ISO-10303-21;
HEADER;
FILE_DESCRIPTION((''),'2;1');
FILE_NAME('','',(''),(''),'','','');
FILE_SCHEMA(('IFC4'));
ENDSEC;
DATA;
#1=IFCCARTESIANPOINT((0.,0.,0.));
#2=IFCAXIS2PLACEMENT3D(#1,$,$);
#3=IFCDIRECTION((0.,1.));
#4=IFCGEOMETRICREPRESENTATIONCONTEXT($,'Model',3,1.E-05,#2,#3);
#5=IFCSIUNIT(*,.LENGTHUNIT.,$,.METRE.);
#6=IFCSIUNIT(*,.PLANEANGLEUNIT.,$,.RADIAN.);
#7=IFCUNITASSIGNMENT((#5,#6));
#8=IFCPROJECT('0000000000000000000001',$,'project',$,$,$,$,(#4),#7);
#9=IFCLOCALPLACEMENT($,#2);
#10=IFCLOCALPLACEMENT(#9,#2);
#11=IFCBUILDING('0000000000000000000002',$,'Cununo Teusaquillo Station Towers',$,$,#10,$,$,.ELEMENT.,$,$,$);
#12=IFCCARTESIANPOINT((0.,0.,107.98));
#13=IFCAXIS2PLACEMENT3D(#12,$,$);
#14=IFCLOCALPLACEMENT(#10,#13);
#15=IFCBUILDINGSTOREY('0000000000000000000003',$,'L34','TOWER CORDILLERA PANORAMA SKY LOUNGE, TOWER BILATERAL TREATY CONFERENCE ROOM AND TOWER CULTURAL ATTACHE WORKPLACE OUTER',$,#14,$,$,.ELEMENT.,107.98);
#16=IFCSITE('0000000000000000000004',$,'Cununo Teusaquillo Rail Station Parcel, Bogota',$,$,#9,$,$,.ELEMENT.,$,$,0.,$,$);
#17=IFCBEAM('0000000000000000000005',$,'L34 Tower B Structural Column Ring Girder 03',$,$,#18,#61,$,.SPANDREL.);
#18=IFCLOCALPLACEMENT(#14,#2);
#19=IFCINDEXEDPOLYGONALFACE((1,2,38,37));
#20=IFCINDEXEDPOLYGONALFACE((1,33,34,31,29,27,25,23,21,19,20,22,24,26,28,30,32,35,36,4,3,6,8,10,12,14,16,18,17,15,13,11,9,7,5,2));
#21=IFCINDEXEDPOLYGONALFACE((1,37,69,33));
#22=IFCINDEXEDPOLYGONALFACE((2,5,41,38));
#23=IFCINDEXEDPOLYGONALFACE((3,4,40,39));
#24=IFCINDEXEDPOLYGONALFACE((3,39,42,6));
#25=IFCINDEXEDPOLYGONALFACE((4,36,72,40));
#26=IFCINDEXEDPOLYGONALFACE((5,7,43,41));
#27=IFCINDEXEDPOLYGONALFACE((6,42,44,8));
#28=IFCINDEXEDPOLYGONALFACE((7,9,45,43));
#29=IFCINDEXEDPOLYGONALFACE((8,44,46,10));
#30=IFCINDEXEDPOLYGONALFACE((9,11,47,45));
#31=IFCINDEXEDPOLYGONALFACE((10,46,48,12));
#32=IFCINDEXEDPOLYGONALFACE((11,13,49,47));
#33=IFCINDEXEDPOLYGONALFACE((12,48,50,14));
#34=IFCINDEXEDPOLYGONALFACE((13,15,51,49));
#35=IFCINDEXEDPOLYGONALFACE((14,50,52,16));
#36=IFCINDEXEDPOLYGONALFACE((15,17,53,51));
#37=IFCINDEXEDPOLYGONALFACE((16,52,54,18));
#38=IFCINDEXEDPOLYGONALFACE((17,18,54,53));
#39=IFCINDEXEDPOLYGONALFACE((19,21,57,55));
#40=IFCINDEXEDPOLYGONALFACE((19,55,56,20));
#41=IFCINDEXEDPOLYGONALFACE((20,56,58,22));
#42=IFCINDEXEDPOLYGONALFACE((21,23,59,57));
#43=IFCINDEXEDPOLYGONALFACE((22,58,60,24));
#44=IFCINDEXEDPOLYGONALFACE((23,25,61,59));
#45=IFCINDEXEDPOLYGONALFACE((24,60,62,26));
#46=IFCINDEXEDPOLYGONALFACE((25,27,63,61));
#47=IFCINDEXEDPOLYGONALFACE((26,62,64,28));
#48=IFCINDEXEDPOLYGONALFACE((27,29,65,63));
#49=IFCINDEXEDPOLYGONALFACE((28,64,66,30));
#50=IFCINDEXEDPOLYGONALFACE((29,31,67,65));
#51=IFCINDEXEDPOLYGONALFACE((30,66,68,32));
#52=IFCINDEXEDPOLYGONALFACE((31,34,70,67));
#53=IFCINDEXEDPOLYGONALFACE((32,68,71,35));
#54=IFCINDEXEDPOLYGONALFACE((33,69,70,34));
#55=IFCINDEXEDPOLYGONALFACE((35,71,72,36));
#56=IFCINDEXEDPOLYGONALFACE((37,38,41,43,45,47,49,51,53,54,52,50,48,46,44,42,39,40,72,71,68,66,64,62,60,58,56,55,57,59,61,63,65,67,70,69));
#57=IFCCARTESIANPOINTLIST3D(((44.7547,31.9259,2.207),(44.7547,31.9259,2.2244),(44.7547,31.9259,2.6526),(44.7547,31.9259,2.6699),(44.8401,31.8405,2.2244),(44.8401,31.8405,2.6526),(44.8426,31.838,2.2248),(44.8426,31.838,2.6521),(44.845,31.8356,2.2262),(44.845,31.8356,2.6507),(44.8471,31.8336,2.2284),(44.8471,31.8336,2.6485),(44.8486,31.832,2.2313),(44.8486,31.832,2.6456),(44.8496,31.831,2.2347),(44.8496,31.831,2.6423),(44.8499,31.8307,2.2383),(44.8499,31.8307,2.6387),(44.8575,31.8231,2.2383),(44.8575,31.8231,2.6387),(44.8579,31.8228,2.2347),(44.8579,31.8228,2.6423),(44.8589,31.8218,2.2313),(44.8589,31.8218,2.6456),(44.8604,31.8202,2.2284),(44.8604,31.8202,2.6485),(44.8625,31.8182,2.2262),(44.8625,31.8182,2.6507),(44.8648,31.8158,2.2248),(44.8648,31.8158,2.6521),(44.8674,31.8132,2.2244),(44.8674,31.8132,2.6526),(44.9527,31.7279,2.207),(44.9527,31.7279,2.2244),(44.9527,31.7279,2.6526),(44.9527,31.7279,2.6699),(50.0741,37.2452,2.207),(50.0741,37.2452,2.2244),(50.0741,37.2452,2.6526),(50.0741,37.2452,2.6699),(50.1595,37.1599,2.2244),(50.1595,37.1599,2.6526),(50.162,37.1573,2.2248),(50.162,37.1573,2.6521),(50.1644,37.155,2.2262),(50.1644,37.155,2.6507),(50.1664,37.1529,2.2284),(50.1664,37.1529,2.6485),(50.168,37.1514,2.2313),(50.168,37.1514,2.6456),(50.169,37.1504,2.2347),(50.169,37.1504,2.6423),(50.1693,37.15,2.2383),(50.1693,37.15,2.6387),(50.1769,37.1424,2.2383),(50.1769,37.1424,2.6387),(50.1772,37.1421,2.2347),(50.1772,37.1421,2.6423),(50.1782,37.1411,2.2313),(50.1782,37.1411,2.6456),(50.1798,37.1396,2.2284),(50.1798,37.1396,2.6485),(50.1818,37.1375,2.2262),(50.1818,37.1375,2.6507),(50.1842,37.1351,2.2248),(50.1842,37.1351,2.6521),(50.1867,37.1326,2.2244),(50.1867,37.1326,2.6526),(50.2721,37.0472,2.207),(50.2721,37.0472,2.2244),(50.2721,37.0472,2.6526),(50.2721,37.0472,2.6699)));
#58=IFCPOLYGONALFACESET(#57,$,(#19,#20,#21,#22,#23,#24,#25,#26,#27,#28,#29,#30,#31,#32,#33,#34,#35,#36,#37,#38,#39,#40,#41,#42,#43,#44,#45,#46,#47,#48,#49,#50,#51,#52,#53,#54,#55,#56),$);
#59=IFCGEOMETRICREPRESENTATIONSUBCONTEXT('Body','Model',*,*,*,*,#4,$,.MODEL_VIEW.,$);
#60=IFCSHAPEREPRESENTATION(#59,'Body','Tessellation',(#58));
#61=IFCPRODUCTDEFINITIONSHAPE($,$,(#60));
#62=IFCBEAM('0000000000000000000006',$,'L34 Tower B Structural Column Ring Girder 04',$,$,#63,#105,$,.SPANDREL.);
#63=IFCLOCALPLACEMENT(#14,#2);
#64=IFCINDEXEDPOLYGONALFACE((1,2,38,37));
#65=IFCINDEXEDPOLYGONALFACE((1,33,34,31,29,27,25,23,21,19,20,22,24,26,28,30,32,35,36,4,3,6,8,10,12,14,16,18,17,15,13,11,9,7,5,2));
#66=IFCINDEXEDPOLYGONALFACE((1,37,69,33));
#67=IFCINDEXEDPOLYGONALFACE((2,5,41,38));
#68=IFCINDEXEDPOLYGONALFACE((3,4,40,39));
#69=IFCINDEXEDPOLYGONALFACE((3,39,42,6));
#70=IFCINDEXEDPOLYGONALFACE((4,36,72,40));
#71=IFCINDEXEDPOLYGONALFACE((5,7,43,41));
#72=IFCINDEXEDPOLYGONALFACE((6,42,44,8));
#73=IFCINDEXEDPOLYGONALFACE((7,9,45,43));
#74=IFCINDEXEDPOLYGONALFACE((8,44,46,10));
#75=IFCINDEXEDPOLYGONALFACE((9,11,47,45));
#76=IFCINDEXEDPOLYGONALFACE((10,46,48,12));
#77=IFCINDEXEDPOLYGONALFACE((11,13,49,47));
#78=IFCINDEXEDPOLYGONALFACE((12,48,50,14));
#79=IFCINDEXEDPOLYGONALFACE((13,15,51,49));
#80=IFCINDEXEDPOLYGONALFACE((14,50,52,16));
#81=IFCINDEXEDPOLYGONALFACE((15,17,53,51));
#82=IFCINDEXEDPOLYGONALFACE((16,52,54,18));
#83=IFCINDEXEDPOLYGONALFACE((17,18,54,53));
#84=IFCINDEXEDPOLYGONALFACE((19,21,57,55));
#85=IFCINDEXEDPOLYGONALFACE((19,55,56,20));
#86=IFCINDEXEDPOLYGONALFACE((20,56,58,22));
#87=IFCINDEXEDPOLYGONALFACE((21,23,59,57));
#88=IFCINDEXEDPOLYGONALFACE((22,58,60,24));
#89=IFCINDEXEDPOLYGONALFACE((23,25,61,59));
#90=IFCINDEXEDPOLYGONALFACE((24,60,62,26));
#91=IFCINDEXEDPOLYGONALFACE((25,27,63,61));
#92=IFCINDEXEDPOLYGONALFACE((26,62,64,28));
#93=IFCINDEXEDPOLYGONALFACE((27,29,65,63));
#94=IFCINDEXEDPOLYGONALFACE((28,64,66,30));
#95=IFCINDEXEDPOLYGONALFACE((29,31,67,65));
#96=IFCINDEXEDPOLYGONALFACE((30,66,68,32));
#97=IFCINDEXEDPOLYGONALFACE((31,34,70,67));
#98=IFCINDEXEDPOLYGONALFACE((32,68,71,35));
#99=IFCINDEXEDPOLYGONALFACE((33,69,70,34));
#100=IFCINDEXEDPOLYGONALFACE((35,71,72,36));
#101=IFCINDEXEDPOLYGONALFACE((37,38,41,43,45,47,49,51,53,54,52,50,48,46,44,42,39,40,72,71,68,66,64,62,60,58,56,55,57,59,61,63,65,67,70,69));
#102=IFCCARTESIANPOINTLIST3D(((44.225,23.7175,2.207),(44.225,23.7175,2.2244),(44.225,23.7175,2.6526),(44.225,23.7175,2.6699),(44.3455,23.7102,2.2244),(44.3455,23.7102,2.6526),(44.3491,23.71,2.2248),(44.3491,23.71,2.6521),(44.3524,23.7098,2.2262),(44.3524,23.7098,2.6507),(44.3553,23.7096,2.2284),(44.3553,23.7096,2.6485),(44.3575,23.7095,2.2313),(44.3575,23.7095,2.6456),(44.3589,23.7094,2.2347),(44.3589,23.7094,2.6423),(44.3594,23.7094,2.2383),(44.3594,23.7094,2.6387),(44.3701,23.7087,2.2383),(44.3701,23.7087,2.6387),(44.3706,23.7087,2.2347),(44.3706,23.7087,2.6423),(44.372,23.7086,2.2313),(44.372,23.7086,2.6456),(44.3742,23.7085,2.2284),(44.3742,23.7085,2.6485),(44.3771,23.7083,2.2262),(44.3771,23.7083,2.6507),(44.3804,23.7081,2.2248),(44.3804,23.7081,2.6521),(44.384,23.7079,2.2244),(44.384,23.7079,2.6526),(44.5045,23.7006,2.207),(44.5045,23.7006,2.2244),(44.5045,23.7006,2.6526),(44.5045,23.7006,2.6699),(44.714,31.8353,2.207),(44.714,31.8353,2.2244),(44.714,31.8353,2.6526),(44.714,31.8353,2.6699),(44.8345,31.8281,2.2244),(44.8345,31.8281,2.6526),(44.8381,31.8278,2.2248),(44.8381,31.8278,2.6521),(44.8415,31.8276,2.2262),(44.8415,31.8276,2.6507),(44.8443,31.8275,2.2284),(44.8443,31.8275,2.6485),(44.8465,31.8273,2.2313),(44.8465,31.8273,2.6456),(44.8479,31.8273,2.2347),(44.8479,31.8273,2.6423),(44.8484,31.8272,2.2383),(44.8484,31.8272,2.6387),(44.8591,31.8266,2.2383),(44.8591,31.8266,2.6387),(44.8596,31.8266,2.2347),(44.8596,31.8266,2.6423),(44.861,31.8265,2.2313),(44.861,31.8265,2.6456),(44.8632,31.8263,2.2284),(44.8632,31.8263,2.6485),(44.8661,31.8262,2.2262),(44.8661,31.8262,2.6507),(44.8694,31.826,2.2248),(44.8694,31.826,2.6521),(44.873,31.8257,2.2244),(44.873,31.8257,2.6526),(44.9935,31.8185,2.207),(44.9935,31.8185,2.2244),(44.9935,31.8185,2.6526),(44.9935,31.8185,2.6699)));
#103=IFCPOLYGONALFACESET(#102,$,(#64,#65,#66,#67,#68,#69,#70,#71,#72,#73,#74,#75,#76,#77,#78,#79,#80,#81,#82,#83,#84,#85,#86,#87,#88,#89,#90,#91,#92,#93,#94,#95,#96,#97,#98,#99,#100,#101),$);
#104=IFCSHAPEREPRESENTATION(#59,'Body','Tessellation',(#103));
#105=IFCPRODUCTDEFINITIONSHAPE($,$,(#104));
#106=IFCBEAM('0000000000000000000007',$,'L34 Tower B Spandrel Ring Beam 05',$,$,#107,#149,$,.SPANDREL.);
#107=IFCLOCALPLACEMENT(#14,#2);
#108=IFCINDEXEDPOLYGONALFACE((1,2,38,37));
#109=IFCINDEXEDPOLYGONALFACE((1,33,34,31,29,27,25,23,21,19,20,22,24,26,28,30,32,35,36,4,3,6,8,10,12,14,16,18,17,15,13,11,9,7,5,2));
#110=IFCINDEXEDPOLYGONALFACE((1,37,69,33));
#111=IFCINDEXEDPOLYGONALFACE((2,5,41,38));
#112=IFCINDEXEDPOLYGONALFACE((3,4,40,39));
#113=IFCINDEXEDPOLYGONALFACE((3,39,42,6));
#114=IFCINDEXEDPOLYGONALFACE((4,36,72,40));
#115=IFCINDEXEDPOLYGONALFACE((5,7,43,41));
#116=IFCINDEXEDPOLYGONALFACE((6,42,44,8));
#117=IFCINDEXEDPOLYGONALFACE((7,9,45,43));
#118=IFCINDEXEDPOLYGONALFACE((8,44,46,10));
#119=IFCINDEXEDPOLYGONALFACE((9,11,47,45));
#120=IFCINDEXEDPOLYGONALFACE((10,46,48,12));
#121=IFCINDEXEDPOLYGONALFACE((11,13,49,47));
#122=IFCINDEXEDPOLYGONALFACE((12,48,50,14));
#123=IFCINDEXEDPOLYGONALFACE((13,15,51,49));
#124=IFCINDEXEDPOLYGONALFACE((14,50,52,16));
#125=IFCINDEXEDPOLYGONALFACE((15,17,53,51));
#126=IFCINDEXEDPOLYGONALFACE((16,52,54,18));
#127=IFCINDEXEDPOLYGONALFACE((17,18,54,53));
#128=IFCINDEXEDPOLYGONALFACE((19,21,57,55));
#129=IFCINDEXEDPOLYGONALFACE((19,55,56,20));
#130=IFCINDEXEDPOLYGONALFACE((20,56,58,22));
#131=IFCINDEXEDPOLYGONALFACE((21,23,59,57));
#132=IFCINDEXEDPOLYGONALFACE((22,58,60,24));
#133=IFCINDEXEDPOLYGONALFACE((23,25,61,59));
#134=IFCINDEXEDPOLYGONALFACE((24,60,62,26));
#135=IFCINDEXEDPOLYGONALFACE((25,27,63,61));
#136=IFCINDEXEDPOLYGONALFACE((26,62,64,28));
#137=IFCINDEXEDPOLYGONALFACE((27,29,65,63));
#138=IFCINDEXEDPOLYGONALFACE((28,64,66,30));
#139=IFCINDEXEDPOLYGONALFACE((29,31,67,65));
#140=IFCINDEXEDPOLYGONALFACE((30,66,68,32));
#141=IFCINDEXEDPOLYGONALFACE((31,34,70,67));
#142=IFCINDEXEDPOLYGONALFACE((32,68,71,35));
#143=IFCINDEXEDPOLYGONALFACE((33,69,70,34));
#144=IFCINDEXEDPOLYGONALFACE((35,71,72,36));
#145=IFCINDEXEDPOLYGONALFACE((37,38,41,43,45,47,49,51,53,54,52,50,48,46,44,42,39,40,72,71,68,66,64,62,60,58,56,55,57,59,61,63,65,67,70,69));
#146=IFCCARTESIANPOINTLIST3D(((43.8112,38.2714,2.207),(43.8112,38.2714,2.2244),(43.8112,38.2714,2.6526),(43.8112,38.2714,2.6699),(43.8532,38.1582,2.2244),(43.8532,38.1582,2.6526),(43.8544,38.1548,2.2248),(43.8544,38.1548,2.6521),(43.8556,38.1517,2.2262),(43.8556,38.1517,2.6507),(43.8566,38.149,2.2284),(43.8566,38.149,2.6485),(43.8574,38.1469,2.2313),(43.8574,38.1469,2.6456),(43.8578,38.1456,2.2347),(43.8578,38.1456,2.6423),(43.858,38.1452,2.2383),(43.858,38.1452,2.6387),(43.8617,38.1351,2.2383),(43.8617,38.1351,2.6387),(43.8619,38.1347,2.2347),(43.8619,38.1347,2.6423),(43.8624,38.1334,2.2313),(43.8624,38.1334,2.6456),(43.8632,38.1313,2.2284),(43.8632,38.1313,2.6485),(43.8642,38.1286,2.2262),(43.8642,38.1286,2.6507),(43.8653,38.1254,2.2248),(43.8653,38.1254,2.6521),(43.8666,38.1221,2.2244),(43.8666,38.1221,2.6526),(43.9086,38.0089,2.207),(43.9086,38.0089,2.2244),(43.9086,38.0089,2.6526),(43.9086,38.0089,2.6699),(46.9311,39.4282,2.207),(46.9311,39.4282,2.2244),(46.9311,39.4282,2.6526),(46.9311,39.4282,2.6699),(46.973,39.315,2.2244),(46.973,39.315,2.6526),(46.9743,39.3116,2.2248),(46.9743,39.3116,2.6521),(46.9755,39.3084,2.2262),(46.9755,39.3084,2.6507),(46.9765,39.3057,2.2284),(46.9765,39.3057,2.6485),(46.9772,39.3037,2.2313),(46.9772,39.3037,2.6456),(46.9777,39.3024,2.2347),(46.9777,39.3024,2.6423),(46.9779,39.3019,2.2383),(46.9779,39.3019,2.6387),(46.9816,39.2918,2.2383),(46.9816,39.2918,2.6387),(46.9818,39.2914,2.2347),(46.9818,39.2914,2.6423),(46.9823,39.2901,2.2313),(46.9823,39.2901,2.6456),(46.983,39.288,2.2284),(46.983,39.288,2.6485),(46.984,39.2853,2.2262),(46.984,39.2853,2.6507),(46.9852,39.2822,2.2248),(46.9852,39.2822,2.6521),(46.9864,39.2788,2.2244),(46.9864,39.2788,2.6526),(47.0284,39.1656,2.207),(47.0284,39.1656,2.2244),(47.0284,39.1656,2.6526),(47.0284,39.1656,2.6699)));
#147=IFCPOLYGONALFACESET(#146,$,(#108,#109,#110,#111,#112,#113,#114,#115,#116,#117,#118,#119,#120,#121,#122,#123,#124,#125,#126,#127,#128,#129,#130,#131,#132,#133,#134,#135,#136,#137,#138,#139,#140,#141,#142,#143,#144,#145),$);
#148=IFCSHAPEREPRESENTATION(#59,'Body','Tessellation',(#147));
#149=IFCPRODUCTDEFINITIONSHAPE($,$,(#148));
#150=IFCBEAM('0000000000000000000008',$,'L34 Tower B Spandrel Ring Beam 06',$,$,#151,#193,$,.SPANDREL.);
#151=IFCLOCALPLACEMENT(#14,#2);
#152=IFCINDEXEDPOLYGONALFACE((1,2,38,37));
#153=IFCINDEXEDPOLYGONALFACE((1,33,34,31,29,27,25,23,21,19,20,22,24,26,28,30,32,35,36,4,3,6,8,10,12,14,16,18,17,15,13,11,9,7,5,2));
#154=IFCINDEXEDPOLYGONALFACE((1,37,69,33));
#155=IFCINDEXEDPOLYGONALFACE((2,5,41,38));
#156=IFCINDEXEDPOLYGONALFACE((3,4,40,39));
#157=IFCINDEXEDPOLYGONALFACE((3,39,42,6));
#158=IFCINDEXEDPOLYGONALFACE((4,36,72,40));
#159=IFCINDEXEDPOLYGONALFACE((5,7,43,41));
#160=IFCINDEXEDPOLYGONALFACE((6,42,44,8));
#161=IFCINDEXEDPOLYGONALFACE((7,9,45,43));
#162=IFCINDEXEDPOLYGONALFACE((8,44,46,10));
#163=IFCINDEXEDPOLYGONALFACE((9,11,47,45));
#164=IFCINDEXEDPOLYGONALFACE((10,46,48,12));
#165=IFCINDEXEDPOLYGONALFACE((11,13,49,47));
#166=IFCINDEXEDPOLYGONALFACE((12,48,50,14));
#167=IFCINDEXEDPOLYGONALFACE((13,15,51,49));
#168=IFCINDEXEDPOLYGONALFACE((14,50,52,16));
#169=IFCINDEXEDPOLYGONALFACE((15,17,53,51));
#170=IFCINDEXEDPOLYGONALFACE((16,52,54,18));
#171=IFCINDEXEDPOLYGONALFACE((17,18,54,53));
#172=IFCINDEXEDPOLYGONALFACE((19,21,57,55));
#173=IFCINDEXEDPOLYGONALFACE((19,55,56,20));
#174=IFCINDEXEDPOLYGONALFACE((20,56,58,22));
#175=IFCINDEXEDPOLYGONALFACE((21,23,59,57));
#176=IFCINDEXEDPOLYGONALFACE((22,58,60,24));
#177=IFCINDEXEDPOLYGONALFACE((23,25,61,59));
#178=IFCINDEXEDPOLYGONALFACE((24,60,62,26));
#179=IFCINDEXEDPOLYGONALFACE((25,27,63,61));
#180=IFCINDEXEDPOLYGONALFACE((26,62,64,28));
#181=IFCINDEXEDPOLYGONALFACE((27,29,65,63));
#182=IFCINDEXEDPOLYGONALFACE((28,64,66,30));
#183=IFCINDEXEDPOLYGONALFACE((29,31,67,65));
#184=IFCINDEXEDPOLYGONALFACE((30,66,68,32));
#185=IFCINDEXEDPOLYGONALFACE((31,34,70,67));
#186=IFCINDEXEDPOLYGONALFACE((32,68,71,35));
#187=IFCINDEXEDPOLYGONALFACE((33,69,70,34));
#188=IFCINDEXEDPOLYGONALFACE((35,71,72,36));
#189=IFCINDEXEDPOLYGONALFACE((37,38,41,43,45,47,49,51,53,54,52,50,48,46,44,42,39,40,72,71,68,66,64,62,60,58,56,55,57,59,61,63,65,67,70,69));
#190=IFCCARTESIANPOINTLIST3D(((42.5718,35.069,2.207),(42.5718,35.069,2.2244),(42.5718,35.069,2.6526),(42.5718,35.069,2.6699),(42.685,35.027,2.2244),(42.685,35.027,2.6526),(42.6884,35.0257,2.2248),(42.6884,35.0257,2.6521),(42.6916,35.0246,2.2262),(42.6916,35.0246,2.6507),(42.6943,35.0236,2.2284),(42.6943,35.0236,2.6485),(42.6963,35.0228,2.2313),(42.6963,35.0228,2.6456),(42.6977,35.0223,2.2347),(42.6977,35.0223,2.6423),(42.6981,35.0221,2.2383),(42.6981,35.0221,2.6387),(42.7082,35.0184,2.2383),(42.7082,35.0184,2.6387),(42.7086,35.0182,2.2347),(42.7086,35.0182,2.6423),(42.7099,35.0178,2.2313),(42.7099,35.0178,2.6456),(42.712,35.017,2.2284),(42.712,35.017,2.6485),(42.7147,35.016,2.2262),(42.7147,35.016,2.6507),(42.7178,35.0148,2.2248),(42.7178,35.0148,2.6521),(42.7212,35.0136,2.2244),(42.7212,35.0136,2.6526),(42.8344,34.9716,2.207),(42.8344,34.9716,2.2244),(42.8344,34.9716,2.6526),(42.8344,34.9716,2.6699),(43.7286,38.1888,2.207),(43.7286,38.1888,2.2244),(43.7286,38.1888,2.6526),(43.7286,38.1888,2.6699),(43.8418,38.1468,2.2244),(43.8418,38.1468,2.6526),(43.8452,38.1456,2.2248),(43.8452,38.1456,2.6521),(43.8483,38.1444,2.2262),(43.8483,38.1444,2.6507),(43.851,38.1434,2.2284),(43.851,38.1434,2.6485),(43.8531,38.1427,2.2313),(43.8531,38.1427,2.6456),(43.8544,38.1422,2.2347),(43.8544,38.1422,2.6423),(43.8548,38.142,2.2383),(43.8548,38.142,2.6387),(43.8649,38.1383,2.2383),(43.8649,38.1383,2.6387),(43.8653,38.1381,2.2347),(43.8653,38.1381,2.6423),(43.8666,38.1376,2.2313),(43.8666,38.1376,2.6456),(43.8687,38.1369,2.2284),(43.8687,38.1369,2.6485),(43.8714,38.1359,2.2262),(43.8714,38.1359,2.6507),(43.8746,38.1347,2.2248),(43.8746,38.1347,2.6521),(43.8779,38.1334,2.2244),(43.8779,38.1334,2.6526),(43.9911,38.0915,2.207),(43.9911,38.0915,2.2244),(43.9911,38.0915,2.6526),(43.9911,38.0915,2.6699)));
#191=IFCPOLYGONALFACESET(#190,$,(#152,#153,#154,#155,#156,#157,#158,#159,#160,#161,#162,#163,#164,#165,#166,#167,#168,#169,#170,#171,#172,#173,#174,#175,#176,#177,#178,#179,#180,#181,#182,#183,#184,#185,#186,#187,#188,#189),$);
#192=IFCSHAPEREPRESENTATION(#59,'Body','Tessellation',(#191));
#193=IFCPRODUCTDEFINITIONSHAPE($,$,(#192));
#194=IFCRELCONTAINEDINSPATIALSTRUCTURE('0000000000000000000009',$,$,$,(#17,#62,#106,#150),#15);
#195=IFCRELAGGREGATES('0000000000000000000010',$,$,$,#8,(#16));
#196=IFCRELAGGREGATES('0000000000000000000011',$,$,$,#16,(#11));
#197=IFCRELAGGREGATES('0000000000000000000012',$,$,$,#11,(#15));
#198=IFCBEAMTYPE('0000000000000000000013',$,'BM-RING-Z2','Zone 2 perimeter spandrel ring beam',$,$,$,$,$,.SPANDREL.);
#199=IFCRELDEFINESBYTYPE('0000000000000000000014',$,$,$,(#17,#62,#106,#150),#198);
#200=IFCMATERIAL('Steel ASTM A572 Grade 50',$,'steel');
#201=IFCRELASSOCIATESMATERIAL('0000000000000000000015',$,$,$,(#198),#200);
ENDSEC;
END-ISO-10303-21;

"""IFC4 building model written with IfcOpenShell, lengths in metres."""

from ifc_helpers import new_model, si_unit, direction, frame, origin, origin_2d, place, context, subcontext, project, spatial, i_section, extrude, material, material_profile, profile_set, type_object, element, save


model = new_model("IFC4")

# Units and contexts
model_context = context("Model", 3, precision=1e-05, world=origin(), true_north=direction((0.0, 1.0)))
body_context = subcontext(model_context, "Body", "Model", "MODEL_VIEW")
ifc_project = project(units=[si_unit("LENGTHUNIT", "METRE"), si_unit("PLANEANGLEUNIT", "RADIAN")], contexts=[model_context])

# Site, building, storey
site_placement = place(None, origin())
site = spatial("IfcSite", under=ifc_project, at=site_placement, Name="Cununo Teusaquillo Rail Station Parcel, Bogota", CompositionType="ELEMENT", RefElevation=0.0)
building_placement = place(site_placement, origin())
building = spatial("IfcBuilding", under=site, at=building_placement, Name="Cununo Teusaquillo Station Towers", CompositionType="ELEMENT")
storey_placement = place(building_placement, frame((0.0, 0.0, 107.98)))
storey = spatial("IfcBuildingStorey", under=building, at=storey_placement, Name="L34", Description="TOWER CORDILLERA PANORAMA SKY LOUNGE, TOWER BILATERAL TREATY CONFERENCE ROOM AND TOWER CULTURAL ATTACHE WORKPLACE OUTER", CompositionType="ELEMENT", Elevation=107.98)

# Beams
ifc_material_1 = material(Name="Steel ASTM A572 Grade 50", Category="steel")
ifc_material_profile_1 = material_profile(ifc_material_1, i_section(OverallWidth=0.28, OverallDepth=0.4629, WebThickness=0.0107, FlangeThickness=0.0173, FilletRadius=0.0139, at=origin_2d()), Name="W18X76")
ifc_profile_set_1 = profile_set([ifc_material_profile_1], Name="Steel ASTM A572 Grade 50")
beam_type_1 = type_object("IfcBeamType", Name="BM-RING-Z2", Description="Zone 2 perimeter spandrel ring beam", PredefinedType="SPANDREL", material=ifc_profile_set_1)
beam_1_placement = place(storey_placement, frame((50.1731, 37.1462, 2.4385), z_axis=(-0.707107, -0.707107, 0.0), x_axis=(0.707107, -0.707107, 0.0)))
element("IfcBeam", 1, at=beam_1_placement, inside=storey, type_object=beam_type_1, Name="L34 Tower B Structural Column Ring Girder 03", PredefinedType="SPANDREL", context=body_context, shape_type="SweptSolid", body=[
    extrude(i_section(OverallWidth=0.28, OverallDepth=0.4629, WebThickness=0.0107, FlangeThickness=0.0173, FilletRadius=0.0139, at=origin_2d()), origin(), (0.0, 0.0, 1.0), 7.5227),
])
beam_2_placement = place(storey_placement, frame((44.8538, 31.8269, 2.4385), z_axis=(-0.06013, -0.998191, 0.0), x_axis=(0.998191, -0.06013, 0.0)))
element("IfcBeam", 2, at=beam_2_placement, inside=storey, type_object=beam_type_1, Name="L34 Tower B Structural Column Ring Girder 04", PredefinedType="SPANDREL", context=body_context, shape_type="SweptSolid", body=[
    extrude(i_section(OverallWidth=0.28, OverallDepth=0.4629, WebThickness=0.0107, FlangeThickness=0.0173, FilletRadius=0.0139, at=origin_2d()), origin(), (0.0, 0.0, 1.0), 8.1326),
])
for number, where, z_axis, x_axis, name in (
    (3, (46.9797, 39.2969, 2.4385), (-0.937628, -0.347639, 0.0), (0.347639, -0.937628, 0.0), "L34 Tower B Spandrel Ring Beam 05"),
    (4, (43.8599, 38.1401, 2.4385), (-0.347639, -0.937628, 0.0), (0.937628, -0.347639, 0.0), "L34 Tower B Spandrel Ring Beam 06"),
):
    element("IfcBeam", number, at=place(storey_placement, frame(where, z_axis=z_axis, x_axis=x_axis)), inside=storey, type_object=beam_type_1, Name=name, PredefinedType="SPANDREL", context=body_context, shape_type="SweptSolid", body=[
        extrude(i_section(OverallWidth=0.28, OverallDepth=0.4629, WebThickness=0.0107, FlangeThickness=0.0173, FilletRadius=0.0139, at=origin_2d()), origin(), (0.0, 0.0, 1.0), 3.3274),
    ])

save(model, "model.ifc")
